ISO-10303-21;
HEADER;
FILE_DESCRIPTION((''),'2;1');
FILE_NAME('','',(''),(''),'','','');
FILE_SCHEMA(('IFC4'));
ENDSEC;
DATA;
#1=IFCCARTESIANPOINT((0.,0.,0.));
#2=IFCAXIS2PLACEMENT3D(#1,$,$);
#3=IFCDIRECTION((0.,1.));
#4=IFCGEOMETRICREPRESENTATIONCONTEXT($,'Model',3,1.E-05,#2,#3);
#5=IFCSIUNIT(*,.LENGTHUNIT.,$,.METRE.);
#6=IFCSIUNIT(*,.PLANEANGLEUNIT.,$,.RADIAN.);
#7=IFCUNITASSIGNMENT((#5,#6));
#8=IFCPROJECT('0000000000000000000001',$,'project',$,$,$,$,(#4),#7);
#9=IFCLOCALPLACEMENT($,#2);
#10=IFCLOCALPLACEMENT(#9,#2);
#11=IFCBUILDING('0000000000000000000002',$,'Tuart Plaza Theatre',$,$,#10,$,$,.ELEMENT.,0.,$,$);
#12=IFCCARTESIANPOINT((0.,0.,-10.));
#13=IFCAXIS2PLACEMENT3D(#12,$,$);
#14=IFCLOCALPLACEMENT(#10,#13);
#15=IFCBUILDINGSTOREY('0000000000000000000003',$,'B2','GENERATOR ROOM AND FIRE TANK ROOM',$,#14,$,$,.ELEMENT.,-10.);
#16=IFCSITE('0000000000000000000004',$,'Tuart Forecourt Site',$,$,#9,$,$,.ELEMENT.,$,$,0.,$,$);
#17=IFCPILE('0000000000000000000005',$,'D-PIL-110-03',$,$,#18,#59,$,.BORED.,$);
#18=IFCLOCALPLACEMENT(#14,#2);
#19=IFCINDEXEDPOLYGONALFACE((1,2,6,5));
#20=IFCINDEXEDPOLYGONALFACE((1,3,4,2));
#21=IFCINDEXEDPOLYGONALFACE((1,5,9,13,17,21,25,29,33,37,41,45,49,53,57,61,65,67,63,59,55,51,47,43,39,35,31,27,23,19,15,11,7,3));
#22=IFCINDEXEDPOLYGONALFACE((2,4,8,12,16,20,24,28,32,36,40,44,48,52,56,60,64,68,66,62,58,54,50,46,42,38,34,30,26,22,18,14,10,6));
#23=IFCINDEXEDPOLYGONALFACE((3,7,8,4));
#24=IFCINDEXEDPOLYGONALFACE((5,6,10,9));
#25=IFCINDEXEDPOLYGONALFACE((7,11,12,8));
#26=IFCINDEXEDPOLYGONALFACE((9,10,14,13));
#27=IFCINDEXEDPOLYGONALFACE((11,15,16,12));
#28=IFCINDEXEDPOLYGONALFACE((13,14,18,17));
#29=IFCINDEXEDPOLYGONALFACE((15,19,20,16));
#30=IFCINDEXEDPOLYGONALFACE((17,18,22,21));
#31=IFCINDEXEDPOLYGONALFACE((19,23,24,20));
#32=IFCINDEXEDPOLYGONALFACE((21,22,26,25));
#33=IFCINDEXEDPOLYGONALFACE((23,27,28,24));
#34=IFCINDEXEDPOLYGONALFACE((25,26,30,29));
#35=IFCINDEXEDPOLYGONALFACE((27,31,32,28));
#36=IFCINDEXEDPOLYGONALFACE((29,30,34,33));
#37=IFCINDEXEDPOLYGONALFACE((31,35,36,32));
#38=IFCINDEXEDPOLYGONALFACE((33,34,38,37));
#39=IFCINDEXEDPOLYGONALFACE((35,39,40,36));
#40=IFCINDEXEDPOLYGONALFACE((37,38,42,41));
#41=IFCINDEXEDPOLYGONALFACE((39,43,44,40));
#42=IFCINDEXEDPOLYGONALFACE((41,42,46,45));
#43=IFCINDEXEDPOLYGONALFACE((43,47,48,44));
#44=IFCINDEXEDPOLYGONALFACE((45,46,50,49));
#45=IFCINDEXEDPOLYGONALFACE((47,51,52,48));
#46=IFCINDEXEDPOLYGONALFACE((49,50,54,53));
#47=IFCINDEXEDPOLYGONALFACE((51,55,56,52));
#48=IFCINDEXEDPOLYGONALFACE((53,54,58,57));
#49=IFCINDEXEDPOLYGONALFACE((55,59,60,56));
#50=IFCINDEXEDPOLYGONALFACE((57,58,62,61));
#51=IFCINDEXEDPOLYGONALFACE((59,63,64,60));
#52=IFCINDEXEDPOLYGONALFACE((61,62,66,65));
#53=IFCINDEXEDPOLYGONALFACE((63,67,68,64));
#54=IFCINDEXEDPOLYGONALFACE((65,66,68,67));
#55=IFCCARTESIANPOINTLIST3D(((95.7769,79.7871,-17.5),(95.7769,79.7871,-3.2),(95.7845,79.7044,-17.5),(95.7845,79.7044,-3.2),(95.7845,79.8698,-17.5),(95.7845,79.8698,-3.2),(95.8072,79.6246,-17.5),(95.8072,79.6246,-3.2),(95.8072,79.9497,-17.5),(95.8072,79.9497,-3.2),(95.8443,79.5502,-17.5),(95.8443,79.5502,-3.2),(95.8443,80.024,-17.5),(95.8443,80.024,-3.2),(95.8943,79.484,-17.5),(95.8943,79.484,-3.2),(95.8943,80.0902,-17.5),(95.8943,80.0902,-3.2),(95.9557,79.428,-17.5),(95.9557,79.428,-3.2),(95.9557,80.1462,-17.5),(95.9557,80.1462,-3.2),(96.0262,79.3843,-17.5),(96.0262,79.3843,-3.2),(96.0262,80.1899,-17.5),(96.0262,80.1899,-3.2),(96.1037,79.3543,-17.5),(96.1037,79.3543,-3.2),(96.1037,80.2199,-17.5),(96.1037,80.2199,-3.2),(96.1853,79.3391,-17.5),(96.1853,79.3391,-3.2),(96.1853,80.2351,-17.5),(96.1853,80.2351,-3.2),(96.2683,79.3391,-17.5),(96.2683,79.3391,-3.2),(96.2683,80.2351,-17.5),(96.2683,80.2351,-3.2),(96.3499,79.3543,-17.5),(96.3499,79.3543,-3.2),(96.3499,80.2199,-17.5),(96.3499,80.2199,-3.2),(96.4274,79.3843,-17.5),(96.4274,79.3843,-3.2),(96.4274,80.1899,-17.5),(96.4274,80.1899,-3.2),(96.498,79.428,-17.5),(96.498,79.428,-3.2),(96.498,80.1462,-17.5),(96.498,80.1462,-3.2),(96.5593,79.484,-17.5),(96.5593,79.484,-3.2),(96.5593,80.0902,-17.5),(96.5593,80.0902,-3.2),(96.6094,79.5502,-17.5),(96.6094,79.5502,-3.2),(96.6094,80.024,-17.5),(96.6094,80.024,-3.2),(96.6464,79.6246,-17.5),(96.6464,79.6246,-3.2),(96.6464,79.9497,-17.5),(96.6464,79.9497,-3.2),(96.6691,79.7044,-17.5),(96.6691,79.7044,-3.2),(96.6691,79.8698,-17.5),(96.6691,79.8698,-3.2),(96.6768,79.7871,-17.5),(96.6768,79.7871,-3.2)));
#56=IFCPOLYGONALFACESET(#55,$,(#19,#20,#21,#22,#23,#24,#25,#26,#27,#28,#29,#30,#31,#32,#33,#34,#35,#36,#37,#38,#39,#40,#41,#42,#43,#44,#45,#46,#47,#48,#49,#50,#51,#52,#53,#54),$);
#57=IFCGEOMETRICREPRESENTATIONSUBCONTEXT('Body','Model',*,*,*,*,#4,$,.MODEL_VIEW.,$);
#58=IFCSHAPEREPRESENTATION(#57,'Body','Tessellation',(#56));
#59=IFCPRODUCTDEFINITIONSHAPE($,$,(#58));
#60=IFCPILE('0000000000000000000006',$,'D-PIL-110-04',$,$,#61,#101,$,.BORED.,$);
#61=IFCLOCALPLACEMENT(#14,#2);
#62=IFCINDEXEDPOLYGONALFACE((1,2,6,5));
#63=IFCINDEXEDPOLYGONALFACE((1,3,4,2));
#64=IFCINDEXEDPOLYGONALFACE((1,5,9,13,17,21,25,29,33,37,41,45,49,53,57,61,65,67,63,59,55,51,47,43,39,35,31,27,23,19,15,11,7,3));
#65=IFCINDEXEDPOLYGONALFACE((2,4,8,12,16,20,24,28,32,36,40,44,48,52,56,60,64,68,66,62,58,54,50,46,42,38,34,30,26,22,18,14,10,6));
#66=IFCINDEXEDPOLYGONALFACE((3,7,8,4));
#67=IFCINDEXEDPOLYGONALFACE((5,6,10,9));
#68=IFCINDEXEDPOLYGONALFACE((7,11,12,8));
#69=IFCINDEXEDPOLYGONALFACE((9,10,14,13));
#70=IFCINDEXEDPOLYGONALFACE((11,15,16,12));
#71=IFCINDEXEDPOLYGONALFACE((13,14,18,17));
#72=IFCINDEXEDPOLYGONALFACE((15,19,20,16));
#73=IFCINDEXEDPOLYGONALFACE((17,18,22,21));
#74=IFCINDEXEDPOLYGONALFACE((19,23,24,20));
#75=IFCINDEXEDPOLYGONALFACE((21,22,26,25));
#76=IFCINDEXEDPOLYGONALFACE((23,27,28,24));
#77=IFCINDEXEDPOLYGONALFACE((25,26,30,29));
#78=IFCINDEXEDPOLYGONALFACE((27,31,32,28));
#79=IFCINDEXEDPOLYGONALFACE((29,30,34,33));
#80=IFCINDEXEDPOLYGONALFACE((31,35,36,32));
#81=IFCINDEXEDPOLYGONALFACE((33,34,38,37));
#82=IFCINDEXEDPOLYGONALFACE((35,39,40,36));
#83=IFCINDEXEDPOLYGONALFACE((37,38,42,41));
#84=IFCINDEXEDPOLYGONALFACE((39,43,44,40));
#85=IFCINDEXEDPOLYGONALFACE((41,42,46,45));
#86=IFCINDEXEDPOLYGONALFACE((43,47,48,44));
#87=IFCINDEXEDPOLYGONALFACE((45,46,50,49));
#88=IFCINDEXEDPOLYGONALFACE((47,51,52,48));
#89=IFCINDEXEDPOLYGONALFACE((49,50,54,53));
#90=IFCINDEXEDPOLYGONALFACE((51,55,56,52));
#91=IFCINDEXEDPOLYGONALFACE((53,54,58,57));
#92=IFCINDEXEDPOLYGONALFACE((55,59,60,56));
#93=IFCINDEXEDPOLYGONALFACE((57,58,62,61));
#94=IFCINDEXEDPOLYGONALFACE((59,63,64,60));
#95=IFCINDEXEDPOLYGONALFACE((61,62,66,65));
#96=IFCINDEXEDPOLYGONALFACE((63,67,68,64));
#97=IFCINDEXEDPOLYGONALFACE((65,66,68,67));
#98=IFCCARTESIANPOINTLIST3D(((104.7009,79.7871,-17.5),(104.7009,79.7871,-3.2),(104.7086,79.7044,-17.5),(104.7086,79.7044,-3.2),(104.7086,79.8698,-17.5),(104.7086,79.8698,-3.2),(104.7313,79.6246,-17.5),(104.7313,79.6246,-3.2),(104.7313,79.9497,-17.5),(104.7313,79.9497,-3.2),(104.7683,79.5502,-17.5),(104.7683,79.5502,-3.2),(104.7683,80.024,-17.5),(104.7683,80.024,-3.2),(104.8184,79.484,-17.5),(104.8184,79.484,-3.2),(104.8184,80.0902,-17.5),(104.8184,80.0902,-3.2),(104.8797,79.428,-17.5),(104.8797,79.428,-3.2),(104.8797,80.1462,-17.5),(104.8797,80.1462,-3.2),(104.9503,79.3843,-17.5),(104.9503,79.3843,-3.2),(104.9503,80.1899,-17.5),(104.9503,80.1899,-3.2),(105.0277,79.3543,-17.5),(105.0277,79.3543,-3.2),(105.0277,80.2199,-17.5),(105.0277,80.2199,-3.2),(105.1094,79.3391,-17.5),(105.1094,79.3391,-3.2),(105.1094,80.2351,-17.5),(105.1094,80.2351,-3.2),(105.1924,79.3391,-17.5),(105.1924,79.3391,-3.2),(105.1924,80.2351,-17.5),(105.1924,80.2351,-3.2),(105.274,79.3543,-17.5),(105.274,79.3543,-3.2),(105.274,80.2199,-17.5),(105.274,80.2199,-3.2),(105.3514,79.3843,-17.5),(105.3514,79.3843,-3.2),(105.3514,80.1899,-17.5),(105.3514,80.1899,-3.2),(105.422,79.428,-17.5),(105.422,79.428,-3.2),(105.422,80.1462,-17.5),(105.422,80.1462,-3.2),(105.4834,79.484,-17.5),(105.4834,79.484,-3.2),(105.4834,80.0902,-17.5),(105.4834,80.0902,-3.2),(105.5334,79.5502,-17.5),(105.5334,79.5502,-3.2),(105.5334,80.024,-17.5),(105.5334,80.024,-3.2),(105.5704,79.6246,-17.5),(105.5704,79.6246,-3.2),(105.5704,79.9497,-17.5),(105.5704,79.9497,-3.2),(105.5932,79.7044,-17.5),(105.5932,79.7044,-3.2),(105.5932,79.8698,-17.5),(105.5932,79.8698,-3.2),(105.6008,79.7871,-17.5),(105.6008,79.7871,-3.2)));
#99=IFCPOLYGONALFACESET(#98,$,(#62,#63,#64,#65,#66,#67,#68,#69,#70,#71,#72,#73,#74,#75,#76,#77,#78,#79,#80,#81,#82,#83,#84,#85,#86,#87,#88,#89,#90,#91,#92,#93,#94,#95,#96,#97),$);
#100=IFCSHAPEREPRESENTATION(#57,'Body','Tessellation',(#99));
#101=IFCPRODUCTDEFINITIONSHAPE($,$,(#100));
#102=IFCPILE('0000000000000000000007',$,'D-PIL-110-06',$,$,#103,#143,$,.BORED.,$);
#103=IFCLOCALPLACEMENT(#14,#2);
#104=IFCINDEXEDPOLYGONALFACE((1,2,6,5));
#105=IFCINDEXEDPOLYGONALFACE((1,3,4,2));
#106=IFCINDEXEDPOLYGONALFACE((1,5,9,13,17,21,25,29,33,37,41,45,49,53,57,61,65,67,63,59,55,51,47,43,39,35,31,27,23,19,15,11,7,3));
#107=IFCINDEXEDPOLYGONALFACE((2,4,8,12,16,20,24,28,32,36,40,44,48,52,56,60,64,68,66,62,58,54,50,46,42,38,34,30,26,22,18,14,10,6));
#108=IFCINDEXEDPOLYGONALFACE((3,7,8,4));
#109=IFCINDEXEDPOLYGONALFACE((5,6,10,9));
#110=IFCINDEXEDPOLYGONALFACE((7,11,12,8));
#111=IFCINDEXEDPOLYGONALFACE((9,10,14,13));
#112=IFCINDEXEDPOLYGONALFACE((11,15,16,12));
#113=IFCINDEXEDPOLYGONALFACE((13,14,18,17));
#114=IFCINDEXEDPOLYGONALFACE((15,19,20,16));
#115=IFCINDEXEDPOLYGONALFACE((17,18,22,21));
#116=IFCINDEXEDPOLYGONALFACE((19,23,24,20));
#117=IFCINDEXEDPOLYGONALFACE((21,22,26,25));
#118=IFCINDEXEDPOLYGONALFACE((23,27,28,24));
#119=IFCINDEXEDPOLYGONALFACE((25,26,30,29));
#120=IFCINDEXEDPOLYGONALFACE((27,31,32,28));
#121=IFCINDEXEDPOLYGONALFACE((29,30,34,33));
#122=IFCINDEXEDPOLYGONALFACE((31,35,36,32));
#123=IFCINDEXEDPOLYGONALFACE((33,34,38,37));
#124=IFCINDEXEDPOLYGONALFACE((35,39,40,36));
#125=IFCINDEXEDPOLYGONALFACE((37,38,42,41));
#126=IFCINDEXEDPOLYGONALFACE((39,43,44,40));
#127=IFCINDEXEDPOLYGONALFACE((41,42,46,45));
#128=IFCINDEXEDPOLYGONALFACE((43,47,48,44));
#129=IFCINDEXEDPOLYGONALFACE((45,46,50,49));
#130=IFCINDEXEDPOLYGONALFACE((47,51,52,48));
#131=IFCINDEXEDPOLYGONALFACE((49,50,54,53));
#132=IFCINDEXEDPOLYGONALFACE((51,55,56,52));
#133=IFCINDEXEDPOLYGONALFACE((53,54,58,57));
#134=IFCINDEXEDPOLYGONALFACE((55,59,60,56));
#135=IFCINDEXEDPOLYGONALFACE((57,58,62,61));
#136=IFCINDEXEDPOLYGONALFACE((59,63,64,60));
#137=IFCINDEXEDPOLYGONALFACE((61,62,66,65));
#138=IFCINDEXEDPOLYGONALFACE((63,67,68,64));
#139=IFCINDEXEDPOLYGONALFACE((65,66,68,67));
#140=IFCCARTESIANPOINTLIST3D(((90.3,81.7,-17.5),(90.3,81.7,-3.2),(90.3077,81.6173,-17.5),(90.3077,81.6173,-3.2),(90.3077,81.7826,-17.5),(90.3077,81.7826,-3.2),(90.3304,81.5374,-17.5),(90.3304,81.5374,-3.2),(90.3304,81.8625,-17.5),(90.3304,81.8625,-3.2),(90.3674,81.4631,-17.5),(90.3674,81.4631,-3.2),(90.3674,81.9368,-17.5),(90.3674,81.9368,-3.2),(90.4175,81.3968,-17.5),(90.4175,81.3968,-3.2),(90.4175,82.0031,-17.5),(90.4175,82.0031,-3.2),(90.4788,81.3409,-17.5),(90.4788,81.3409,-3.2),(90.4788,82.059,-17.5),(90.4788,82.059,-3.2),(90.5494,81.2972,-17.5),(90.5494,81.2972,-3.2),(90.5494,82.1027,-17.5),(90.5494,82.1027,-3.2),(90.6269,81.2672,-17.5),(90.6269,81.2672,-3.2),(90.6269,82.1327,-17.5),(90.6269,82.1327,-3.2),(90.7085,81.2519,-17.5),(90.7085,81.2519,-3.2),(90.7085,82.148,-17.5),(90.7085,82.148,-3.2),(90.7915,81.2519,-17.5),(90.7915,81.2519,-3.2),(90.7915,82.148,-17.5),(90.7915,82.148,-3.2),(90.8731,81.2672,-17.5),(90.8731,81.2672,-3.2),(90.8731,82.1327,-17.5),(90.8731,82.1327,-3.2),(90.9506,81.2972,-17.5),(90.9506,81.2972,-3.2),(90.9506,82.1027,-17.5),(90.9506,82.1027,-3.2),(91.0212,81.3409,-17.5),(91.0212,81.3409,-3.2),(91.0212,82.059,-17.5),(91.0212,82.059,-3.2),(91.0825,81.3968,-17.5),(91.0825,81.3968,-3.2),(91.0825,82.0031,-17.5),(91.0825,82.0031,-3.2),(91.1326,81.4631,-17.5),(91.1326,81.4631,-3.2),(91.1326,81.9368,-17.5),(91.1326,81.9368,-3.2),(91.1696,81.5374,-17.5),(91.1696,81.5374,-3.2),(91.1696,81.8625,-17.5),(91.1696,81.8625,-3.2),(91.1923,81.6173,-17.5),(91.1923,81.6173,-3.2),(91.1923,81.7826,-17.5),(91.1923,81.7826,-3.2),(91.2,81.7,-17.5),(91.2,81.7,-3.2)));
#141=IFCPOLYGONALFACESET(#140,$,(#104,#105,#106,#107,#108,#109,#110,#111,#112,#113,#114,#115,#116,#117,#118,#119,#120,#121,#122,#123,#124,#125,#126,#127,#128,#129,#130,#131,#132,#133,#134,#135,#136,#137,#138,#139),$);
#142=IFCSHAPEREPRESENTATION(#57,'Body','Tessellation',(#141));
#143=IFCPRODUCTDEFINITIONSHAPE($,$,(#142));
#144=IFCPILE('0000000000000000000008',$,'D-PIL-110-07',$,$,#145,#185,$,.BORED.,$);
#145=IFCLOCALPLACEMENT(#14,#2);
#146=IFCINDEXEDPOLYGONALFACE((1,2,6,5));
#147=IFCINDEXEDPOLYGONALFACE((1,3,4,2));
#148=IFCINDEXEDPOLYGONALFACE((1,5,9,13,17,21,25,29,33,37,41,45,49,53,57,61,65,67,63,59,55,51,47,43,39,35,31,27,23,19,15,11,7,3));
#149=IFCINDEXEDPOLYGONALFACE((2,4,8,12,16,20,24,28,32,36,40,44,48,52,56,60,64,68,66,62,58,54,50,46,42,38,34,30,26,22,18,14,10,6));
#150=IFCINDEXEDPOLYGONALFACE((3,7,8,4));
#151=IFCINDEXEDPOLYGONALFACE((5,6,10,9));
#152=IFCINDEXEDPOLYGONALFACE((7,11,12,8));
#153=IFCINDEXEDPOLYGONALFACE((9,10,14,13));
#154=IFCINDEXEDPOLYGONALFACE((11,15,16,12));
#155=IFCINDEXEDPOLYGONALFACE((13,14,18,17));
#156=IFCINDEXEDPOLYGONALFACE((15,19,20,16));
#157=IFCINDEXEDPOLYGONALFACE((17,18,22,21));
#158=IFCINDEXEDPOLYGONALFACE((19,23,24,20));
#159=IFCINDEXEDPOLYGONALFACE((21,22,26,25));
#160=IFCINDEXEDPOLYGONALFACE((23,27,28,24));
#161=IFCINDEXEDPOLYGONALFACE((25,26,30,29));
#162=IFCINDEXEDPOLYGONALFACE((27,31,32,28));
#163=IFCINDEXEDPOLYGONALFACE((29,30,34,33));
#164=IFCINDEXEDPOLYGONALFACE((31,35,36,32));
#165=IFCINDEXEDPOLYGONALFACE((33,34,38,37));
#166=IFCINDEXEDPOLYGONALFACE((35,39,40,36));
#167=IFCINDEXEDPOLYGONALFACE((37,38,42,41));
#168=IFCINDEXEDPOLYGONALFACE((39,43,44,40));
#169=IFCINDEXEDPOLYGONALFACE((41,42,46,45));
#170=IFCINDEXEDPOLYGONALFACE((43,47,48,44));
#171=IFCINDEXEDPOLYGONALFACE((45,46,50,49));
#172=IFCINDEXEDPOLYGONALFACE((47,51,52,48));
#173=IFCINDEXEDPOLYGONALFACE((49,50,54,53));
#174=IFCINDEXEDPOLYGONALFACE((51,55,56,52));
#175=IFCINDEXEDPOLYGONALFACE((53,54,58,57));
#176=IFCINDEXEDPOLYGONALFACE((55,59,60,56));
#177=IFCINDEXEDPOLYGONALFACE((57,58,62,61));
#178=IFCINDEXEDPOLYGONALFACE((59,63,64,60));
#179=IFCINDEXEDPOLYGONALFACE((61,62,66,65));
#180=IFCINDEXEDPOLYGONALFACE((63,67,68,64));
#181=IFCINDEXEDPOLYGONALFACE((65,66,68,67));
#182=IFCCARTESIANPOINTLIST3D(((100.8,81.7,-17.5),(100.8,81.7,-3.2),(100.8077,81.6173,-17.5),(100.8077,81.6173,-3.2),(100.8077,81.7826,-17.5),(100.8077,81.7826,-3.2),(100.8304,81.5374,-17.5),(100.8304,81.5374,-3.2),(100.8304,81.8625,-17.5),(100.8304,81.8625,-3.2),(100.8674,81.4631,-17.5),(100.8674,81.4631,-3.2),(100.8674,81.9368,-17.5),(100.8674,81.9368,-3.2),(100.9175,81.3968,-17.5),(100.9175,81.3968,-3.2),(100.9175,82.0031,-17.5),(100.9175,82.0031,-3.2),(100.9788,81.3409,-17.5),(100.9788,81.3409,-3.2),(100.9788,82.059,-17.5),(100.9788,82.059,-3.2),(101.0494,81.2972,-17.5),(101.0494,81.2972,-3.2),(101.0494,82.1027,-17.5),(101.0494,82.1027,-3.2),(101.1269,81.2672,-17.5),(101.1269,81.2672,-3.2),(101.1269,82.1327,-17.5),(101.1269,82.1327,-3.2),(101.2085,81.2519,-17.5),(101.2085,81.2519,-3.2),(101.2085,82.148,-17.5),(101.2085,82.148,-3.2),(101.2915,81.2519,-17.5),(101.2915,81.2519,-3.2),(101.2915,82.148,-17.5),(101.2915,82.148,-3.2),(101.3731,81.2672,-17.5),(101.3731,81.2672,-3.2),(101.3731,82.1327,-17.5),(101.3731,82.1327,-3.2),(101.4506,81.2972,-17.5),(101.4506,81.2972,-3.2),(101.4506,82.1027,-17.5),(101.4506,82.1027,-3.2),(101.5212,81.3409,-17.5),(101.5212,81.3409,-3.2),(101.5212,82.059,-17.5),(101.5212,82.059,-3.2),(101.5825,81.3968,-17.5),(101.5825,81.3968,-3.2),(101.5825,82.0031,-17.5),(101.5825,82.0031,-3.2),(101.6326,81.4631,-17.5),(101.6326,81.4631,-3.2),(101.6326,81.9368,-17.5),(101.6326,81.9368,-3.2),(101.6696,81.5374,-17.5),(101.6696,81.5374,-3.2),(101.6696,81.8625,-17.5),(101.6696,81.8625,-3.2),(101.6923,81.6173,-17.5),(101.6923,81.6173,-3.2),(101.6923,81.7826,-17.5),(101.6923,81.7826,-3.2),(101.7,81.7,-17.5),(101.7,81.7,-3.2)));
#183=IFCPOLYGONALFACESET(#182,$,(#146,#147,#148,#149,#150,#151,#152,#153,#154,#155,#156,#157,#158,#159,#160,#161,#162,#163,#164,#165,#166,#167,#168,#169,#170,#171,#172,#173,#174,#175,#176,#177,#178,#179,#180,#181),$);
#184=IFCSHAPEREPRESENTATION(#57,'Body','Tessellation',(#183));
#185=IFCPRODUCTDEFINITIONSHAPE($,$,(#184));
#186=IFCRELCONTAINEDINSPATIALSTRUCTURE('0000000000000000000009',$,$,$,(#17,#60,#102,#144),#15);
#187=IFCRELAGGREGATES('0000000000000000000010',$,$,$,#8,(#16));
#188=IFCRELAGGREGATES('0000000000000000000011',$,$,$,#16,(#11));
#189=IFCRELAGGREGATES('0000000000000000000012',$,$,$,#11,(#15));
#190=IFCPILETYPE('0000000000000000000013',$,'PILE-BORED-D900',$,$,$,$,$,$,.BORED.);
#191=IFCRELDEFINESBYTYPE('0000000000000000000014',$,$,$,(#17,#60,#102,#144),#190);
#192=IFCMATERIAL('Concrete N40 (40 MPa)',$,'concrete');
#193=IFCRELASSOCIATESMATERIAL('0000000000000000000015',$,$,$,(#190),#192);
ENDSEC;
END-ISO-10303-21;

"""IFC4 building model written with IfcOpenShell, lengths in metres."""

from ifc_helpers import new_model, si_unit, direction, frame, origin, origin_2d, place, context, subcontext, project, spatial, circle, extrude, material, material_profile, profile_set, type_object, element, save


model = new_model("IFC4")

# Units and contexts
model_context = context("Model", 3, precision=1e-05, world=origin(), true_north=direction((0.0, 1.0)))
body_context = subcontext(model_context, "Body", "Model", "MODEL_VIEW")
ifc_project = project(units=[si_unit("LENGTHUNIT", "METRE"), si_unit("PLANEANGLEUNIT", "RADIAN")], contexts=[model_context])

# Site, building, storey
site_placement = place(None, origin())
site = spatial("IfcSite", under=ifc_project, at=site_placement, Name="Tuart Forecourt Site", CompositionType="ELEMENT", RefElevation=0.0)
building_placement = place(site_placement, origin())
building = spatial("IfcBuilding", under=site, at=building_placement, Name="Tuart Plaza Theatre", CompositionType="ELEMENT", ElevationOfRefHeight=0.0)
storey_placement = place(building_placement, frame((0.0, 0.0, -10.0)))
storey = spatial("IfcBuildingStorey", under=building, at=storey_placement, Name="B2", Description="GENERATOR ROOM AND FIRE TANK ROOM", CompositionType="ELEMENT", Elevation=-10.0)

# Piles
ifc_material_1 = material(Name="Concrete N40 (40 MPa)", Category="concrete")
ifc_material_profile_1 = material_profile(ifc_material_1, circle(Radius=0.45, at=origin_2d()), Name="PILE-BORED-D900")
ifc_profile_set_1 = profile_set([ifc_material_profile_1], Name="Concrete N40 (40 MPa)")
pile_type_1 = type_object("IfcPileType", Name="PILE-BORED-D900", PredefinedType="BORED", material=ifc_profile_set_1)
for number, where, z_axis, x_axis, name in (
    (1, (96.2268, 79.7871, -3.2), (0.0, 0.0, -1.0), (1.0, 0.0, 0.0), "D-PIL-110-03"),
    (2, (105.1509, 79.7871, -3.2), (0.0, 0.0, -1.0), (1.0, 0.0, 0.0), "D-PIL-110-04"),
    (3, (90.75, 81.7, -3.2), (0.0, 0.0, -1.0), (1.0, 0.0, 0.0), "D-PIL-110-06"),
    (4, (101.25, 81.7, -3.2), (0.0, 0.0, -1.0), (1.0, 0.0, 0.0), "D-PIL-110-07"),
):
    element("IfcPile", number, at=place(storey_placement, frame(where, z_axis=z_axis, x_axis=x_axis)), inside=storey, type_object=pile_type_1, Name=name, PredefinedType="BORED", context=body_context, shape_type="SweptSolid", body=[
        extrude(circle(Radius=0.45, at=origin_2d()), origin(), (0.0, 0.0, 1.0), 14.3),
    ])

save(model, "model.ifc")
